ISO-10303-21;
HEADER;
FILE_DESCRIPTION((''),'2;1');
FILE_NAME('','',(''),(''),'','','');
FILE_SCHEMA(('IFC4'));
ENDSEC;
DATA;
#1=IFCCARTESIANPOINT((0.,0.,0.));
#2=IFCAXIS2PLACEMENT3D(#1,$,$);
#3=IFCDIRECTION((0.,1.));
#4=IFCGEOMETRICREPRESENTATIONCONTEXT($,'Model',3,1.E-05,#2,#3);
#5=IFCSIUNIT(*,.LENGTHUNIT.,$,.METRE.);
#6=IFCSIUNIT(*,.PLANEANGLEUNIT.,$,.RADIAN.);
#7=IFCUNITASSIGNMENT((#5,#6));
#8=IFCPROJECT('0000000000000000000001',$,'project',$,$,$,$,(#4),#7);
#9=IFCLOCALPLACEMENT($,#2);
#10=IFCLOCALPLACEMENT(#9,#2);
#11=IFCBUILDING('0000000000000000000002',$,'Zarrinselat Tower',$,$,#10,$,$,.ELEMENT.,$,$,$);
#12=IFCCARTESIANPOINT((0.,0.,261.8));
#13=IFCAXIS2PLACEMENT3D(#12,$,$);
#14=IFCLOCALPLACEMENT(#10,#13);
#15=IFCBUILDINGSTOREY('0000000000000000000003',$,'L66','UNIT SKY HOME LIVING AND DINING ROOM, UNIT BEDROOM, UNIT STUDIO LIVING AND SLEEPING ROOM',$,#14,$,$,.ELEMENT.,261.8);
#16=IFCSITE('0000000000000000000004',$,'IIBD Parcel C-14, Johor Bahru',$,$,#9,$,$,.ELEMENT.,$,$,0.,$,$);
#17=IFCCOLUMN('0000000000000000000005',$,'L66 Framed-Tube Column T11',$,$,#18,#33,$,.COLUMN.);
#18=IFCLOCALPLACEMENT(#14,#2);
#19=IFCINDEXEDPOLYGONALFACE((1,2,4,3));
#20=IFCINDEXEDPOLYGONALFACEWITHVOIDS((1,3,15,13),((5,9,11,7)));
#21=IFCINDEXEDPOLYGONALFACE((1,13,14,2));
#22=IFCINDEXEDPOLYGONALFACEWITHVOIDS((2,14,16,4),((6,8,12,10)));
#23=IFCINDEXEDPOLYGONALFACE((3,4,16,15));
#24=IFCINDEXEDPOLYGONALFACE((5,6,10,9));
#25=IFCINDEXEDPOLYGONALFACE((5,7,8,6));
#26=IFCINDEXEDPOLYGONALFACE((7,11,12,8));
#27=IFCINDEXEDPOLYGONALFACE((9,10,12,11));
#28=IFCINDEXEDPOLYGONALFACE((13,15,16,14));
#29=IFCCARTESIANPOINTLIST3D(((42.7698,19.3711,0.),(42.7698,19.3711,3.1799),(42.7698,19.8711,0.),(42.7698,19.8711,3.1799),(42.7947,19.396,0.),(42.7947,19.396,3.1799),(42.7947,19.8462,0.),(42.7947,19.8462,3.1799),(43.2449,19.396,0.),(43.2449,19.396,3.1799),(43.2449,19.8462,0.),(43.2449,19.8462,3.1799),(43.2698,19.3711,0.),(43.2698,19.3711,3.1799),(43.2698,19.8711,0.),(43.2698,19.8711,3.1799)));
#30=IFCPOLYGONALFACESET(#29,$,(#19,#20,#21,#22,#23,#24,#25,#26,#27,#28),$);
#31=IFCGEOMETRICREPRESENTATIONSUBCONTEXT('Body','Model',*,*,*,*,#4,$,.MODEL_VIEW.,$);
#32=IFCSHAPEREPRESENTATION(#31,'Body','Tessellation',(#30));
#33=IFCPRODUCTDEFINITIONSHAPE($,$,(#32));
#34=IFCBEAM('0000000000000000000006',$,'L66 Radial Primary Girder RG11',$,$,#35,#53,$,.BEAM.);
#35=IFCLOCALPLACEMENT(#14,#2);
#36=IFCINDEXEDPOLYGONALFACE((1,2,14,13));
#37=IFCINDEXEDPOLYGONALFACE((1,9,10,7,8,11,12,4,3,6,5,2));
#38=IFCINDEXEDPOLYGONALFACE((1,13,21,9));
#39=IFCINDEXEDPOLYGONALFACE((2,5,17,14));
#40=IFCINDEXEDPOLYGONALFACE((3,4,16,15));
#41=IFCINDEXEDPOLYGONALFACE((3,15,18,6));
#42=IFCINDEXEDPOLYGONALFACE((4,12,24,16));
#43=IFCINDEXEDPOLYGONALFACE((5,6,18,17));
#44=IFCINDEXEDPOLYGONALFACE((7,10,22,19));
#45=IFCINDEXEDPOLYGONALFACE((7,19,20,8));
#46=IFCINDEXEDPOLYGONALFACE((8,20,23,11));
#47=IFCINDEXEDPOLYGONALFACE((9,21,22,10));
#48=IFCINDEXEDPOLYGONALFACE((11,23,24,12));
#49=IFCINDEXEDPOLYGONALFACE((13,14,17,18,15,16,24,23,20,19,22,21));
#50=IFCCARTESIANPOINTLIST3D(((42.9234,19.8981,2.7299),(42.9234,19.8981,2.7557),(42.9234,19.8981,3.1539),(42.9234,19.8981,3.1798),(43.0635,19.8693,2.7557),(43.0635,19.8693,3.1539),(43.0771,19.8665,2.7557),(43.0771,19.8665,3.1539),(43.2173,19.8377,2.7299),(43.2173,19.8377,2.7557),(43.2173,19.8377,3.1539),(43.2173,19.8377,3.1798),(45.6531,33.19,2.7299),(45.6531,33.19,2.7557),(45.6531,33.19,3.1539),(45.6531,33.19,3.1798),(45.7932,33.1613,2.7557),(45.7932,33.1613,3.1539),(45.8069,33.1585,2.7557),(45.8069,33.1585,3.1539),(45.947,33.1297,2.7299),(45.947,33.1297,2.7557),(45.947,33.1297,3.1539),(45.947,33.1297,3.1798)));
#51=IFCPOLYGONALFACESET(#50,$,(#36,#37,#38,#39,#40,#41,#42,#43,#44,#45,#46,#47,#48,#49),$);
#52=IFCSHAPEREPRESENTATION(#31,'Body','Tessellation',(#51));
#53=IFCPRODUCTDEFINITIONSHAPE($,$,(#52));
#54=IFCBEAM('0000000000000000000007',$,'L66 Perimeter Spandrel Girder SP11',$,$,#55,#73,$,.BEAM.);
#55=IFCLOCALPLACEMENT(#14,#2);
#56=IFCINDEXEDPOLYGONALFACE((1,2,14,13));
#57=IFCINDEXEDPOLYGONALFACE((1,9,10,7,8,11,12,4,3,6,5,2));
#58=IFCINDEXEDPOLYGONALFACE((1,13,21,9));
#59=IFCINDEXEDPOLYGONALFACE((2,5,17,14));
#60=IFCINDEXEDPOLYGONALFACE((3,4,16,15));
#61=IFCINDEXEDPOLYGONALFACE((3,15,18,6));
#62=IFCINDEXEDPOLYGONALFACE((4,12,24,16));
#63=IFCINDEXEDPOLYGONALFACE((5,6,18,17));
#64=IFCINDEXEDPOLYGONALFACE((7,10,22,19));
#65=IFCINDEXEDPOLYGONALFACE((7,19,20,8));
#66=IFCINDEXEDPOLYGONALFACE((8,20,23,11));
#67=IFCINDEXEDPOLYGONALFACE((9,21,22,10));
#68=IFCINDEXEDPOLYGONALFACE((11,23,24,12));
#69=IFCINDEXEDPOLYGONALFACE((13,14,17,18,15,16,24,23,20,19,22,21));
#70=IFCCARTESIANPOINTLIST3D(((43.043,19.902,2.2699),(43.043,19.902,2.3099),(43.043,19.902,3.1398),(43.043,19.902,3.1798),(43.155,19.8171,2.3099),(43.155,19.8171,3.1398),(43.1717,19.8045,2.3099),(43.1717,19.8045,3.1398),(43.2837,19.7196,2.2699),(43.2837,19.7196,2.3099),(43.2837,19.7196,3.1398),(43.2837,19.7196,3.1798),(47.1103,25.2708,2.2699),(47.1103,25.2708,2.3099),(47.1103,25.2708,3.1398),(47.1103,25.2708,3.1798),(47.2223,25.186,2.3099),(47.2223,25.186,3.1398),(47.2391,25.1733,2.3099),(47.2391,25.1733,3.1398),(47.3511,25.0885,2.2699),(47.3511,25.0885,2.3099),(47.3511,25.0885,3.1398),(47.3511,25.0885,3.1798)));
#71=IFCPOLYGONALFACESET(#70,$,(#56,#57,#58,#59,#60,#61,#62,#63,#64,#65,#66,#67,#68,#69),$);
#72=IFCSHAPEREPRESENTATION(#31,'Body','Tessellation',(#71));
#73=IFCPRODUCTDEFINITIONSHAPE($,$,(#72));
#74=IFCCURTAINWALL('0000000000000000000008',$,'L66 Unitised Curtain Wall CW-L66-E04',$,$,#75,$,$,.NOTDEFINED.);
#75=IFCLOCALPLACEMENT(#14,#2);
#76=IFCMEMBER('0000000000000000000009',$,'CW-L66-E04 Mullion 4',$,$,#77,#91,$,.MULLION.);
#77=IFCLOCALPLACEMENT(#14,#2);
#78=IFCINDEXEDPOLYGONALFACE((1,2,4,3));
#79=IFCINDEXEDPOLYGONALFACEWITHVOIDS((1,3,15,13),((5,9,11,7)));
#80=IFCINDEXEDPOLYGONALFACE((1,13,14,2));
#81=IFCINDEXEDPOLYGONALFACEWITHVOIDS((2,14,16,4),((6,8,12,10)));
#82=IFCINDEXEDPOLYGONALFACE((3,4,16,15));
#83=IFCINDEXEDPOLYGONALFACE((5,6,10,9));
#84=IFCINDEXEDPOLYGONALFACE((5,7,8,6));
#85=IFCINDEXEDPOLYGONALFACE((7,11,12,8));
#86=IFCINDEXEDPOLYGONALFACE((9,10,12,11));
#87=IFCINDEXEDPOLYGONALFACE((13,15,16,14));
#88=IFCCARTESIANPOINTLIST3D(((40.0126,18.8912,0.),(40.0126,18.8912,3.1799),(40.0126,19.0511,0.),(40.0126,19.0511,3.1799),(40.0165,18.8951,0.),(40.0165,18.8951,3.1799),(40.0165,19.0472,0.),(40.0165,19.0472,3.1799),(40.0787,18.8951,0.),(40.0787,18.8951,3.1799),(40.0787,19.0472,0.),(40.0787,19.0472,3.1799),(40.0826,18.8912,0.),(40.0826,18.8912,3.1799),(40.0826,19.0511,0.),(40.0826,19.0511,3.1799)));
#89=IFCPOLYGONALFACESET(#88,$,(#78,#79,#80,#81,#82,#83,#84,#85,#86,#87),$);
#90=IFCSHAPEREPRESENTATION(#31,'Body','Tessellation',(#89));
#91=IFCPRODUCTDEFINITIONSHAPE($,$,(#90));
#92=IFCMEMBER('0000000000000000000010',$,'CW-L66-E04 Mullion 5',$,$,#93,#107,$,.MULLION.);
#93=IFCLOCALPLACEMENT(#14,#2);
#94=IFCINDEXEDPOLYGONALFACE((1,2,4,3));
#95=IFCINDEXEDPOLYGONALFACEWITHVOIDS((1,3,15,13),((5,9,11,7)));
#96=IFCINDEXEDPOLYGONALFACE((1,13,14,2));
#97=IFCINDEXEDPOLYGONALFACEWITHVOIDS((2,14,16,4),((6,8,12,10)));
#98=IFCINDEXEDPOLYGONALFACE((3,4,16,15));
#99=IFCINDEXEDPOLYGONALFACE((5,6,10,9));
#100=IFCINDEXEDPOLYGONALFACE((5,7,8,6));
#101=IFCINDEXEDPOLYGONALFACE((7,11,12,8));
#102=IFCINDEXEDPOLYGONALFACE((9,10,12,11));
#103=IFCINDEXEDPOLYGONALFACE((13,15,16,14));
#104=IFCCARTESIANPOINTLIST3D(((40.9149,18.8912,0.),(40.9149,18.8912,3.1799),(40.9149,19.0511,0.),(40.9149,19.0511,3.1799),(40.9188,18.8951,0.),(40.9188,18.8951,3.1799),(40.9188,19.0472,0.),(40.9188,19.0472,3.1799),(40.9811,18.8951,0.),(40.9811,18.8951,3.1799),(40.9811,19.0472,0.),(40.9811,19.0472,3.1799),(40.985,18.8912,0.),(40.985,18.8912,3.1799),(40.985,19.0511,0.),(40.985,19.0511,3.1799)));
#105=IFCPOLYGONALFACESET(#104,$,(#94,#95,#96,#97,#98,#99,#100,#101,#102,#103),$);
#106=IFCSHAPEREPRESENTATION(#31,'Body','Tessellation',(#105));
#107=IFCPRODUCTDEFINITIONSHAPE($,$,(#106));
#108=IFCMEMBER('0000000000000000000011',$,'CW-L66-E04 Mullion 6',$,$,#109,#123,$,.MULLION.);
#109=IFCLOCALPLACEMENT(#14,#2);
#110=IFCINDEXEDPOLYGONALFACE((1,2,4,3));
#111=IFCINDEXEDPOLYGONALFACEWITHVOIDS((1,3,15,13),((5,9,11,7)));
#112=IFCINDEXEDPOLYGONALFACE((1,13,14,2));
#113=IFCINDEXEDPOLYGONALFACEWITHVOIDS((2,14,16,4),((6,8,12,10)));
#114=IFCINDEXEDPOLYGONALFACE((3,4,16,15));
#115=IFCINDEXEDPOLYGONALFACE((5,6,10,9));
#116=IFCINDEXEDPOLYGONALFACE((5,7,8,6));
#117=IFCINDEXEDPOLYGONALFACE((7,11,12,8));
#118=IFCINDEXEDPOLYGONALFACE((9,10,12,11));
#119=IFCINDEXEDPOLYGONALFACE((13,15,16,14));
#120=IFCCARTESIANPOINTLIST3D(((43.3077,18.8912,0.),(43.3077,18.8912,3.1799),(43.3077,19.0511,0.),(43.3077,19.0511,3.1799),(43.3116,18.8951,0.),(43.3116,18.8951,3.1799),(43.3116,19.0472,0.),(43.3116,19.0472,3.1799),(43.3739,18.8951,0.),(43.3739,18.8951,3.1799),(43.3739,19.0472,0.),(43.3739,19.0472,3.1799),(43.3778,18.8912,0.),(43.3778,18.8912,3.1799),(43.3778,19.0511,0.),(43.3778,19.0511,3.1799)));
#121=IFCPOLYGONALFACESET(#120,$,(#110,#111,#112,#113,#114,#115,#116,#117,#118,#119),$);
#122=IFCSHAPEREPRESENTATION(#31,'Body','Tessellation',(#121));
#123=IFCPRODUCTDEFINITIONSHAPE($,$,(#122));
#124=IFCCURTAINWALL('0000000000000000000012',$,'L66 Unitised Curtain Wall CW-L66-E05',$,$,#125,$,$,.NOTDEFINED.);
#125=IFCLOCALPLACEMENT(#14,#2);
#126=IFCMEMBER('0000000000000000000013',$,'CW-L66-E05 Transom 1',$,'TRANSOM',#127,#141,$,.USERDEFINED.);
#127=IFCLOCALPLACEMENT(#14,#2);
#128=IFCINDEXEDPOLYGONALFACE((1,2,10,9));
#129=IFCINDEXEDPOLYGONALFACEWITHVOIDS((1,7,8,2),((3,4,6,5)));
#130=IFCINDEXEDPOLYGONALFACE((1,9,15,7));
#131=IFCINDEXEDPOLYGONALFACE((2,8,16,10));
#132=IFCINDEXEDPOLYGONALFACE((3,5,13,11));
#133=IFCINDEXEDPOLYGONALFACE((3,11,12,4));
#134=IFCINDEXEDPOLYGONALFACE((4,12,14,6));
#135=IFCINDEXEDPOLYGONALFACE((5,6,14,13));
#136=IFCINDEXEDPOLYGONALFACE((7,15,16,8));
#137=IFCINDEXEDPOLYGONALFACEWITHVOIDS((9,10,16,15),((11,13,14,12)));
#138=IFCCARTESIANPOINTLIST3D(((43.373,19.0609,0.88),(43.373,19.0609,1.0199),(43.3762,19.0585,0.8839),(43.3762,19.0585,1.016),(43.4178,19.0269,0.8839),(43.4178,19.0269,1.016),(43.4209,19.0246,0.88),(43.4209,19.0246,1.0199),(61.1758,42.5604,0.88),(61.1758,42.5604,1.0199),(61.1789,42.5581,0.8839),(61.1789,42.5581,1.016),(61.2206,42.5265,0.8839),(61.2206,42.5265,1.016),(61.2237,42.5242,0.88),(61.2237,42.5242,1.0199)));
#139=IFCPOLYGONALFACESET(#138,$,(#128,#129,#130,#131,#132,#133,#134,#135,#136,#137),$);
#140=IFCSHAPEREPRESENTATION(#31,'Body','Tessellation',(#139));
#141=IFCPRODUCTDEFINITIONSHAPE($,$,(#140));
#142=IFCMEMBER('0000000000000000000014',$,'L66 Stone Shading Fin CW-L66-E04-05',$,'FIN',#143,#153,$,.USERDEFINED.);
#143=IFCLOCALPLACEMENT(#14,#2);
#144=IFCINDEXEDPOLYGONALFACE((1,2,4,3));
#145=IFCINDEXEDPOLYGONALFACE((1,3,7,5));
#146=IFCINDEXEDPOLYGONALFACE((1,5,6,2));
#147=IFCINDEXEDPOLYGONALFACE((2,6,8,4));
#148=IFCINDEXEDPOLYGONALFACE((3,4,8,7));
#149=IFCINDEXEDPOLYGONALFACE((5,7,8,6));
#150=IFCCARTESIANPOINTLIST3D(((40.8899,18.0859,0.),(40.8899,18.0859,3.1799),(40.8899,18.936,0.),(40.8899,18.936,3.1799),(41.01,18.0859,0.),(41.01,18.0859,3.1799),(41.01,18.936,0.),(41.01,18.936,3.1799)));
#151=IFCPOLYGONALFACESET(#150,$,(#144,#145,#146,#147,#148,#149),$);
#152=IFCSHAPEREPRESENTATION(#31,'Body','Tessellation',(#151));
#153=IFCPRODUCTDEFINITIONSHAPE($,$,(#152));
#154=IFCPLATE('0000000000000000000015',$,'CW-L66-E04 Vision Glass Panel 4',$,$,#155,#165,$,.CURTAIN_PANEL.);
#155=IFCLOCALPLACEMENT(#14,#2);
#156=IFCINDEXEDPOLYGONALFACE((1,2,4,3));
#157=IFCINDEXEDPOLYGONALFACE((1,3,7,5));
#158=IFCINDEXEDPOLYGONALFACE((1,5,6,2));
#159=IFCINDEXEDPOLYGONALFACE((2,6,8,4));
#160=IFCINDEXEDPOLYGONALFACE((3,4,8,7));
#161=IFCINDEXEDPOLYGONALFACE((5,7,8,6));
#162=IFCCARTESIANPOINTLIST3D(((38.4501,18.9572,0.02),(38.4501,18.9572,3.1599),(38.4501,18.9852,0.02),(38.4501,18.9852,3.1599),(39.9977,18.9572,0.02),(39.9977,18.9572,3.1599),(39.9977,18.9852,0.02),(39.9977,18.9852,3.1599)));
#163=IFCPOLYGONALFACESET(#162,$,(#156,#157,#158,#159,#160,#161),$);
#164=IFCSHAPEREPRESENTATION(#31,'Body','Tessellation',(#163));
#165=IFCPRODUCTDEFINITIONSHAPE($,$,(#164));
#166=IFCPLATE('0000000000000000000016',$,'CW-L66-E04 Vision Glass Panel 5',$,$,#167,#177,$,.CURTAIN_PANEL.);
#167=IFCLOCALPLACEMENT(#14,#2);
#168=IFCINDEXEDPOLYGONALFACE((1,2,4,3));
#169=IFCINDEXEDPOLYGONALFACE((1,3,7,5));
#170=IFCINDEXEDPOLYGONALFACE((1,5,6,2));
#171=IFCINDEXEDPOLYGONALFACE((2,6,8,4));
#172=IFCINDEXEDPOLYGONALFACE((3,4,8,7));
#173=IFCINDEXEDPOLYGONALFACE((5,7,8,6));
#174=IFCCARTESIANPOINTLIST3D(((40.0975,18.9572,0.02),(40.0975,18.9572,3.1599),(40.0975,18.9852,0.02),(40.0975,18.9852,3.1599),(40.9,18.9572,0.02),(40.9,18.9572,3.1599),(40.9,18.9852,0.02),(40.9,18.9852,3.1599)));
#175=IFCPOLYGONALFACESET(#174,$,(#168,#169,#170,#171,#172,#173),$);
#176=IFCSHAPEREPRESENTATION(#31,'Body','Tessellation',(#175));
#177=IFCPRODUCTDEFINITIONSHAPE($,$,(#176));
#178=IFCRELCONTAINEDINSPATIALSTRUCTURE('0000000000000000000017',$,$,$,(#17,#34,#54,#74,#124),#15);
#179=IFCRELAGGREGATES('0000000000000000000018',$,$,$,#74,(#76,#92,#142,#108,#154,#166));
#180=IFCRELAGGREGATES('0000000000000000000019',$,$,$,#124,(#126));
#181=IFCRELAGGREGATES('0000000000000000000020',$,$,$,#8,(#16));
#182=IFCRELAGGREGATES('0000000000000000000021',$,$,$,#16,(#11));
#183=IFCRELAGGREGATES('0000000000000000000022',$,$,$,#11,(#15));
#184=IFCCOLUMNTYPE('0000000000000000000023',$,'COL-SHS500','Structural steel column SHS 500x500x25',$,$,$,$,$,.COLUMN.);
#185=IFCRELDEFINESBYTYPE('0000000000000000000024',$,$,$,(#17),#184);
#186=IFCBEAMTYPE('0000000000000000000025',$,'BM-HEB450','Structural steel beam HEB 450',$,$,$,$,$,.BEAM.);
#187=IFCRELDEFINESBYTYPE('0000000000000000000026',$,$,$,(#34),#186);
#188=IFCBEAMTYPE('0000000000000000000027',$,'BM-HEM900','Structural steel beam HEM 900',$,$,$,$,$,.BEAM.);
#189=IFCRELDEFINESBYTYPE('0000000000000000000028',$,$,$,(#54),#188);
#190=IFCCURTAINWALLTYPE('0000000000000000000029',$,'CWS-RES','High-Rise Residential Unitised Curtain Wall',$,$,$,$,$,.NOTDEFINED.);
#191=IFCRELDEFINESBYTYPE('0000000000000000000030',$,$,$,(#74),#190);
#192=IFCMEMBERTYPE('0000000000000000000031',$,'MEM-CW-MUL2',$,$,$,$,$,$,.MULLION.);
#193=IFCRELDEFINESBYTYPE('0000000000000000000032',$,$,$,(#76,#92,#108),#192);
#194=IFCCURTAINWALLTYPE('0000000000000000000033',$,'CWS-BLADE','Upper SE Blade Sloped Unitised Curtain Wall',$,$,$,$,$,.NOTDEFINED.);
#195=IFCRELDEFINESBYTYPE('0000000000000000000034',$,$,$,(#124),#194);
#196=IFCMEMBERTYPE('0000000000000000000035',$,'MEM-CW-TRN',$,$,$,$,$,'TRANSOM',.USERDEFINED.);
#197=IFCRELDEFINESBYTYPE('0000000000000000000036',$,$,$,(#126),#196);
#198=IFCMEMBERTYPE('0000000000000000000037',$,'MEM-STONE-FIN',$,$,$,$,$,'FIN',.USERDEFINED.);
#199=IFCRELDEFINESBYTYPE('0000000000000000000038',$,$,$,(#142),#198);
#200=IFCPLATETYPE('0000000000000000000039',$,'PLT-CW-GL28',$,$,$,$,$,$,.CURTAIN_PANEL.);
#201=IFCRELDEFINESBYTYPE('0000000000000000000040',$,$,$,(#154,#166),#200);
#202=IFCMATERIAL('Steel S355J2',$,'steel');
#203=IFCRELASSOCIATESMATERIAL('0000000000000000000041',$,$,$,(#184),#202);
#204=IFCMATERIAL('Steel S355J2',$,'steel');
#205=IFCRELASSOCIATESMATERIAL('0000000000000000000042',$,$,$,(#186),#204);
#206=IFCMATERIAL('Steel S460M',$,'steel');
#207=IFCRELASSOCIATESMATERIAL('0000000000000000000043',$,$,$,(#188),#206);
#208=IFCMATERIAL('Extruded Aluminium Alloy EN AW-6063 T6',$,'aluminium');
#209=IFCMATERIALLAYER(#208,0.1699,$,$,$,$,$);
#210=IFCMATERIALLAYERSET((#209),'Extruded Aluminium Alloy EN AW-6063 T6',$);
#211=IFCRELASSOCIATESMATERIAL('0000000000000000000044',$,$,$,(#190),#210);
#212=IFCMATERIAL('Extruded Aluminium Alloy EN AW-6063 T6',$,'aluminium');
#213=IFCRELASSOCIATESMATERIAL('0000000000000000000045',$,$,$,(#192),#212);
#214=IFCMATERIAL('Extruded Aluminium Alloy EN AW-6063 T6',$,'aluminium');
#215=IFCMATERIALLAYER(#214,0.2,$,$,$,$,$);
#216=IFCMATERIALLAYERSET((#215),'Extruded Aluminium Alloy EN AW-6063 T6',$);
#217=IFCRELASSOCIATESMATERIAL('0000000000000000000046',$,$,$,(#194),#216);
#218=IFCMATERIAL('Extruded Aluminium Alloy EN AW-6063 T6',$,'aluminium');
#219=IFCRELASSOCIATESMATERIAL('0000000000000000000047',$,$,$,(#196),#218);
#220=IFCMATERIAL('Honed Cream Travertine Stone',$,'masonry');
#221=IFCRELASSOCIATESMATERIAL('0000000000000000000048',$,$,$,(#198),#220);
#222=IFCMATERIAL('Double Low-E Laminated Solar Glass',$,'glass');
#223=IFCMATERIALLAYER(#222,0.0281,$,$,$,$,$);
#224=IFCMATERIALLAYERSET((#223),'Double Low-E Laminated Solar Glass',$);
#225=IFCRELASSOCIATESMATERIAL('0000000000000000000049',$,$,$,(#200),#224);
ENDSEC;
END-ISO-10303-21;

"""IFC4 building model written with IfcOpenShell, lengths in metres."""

from ifc_helpers import new_model, si_unit, direction, frame, origin, origin_2d, place, context, subcontext, project, spatial, rectangle, hollow_rectangle, i_section, extrude, material, layer, layer_set, material_profile, profile_set, type_object, element, aggregate, save


model = new_model("IFC4")

# Units and contexts
model_context = context("Model", 3, precision=1e-05, world=origin(), true_north=direction((0.0, 1.0)))
body_context = subcontext(model_context, "Body", "Model", "MODEL_VIEW")
ifc_project = project(units=[si_unit("LENGTHUNIT", "METRE"), si_unit("PLANEANGLEUNIT", "RADIAN")], contexts=[model_context])

# Site, building, storey
site_placement = place(None, origin())
site = spatial("IfcSite", under=ifc_project, at=site_placement, Name="IIBD Parcel C-14, Johor Bahru", CompositionType="ELEMENT", RefElevation=0.0)
building_placement = place(site_placement, origin())
building = spatial("IfcBuilding", under=site, at=building_placement, Name="Zarrinselat Tower", CompositionType="ELEMENT")
storey_placement = place(building_placement, frame((0.0, 0.0, 261.8)))
storey = spatial("IfcBuildingStorey", under=building, at=storey_placement, Name="L66", Description="UNIT SKY HOME LIVING AND DINING ROOM, UNIT BEDROOM, UNIT STUDIO LIVING AND SLEEPING ROOM", CompositionType="ELEMENT", Elevation=261.8)

# Column
ifc_material_1 = material(Name="Steel S355J2", Category="steel")
ifc_material_profile_1 = material_profile(ifc_material_1, hollow_rectangle(XDim=0.5, YDim=0.5, WallThickness=0.0249, at=origin_2d()), Name="SHS 500x500x25")
ifc_profile_set_1 = profile_set([ifc_material_profile_1], Name="Steel S355J2")
column_type = type_object("IfcColumnType", Name="COL-SHS500", Description="Structural steel column SHS 500x500x25", PredefinedType="COLUMN", material=ifc_profile_set_1)
column_placement = place(storey_placement, frame((43.0198, 19.6211, 0.0), z_axis=(0.0, 0.0, 1.0), x_axis=(1.0, 0.0, 0.0)))
element("IfcColumn", 1, at=column_placement, inside=storey, type_object=column_type, Name="L66 Framed-Tube Column T11", PredefinedType="COLUMN", context=body_context, shape_type="SweptSolid", body=[
    extrude(hollow_rectangle(XDim=0.5, YDim=0.5, WallThickness=0.0249, at=origin_2d()), origin(), (0.0, 0.0, 1.0), 3.1799),
])

# Beams
ifc_material_2 = material(Name="Steel S355J2", Category="steel")
ifc_material_profile_2 = material_profile(ifc_material_2, i_section(OverallWidth=0.3, OverallDepth=0.45, WebThickness=0.0139, FlangeThickness=0.0259, at=origin_2d()), Name="HEB 450")
ifc_profile_set_2 = profile_set([ifc_material_profile_2], Name="Steel S355J2")
beam_type_1 = type_object("IfcBeamType", Name="BM-HEB450", Description="Structural steel beam HEB 450", PredefinedType="BEAM", material=ifc_profile_set_2)
beam_1_placement = place(storey_placement, frame((43.0703, 19.8679, 2.9548), z_axis=(0.201169, 0.979557, 0.0), x_axis=(-0.979557, 0.201169, 0.0)))
element("IfcBeam", 2, at=beam_1_placement, inside=storey, type_object=beam_type_1, Name="L66 Radial Primary Girder RG11", PredefinedType="BEAM", context=body_context, shape_type="SweptSolid", body=[
    extrude(i_section(OverallWidth=0.3, OverallDepth=0.45, WebThickness=0.0139, FlangeThickness=0.0259, at=origin_2d()), origin(), (0.0, 0.0, 1.0), 13.5693),
])
ifc_material_3 = material(Name="Steel S460M", Category="steel")
ifc_material_profile_3 = material_profile(ifc_material_3, i_section(OverallWidth=0.302, OverallDepth=0.9099, WebThickness=0.021, FlangeThickness=0.04, at=origin_2d()), Name="HEM 900")
ifc_profile_set_3 = profile_set([ifc_material_profile_3], Name="Steel S460M")
beam_type_2 = type_object("IfcBeamType", Name="BM-HEM900", Description="Structural steel beam HEM 900", PredefinedType="BEAM", material=ifc_profile_set_3)
beam_2_placement = place(storey_placement, frame((43.1633, 19.8108, 2.7249), z_axis=(0.603861, 0.79709, 0.0), x_axis=(-0.79709, 0.603861, 0.0)))
element("IfcBeam", 3, at=beam_2_placement, inside=storey, type_object=beam_type_2, Name="L66 Perimeter Spandrel Girder SP11", PredefinedType="BEAM", context=body_context, shape_type="SweptSolid", body=[
    extrude(i_section(OverallWidth=0.302, OverallDepth=0.9099, WebThickness=0.021, FlangeThickness=0.04, at=origin_2d()), origin(), (0.0, 0.0, 1.0), 6.7356),
])

# Curtain wall, members
ifc_material_4 = material(Name="Extruded Aluminium Alloy EN AW-6063 T6", Category="aluminium")
ifc_layer_1 = layer(ifc_material_4, 0.1699)
ifc_layer_set_1 = layer_set([ifc_layer_1], Name="Extruded Aluminium Alloy EN AW-6063 T6")
curtain_wall_type_1 = type_object("IfcCurtainWallType", Name="CWS-RES", Description="High-Rise Residential Unitised Curtain Wall", PredefinedType="NOTDEFINED", material=ifc_layer_set_1)
curtain_wall_1_placement = place(storey_placement, origin())
curtain_wall_1 = element("IfcCurtainWall", 4, at=curtain_wall_1_placement, inside=storey, type_object=curtain_wall_type_1, Name="L66 Unitised Curtain Wall CW-L66-E04", PredefinedType="NOTDEFINED")
ifc_material_5 = material(Name="Extruded Aluminium Alloy EN AW-6063 T6", Category="aluminium")
ifc_material_profile_4 = material_profile(ifc_material_5, hollow_rectangle(XDim=0.0701, YDim=0.1599, WallThickness=0.0039, at=origin_2d()), Name="RHS 160x70x4")
ifc_profile_set_4 = profile_set([ifc_material_profile_4], Name="Extruded Aluminium Alloy EN AW-6063 T6")
member_type_1 = type_object("IfcMemberType", Name="MEM-CW-MUL2", PredefinedType="MULLION", material=ifc_profile_set_4)
member_1_placement = place(storey_placement, frame((40.0476, 18.9712, 0.0), z_axis=(0.0, 0.0, 1.0), x_axis=(1.0, 0.0, 0.0)))
member_1 = element("IfcMember", 5, at=member_1_placement, type_object=member_type_1, Name="CW-L66-E04 Mullion 4", PredefinedType="MULLION", context=body_context, shape_type="SweptSolid", body=[
    extrude(hollow_rectangle(XDim=0.0701, YDim=0.1599, WallThickness=0.0039, at=origin_2d()), origin(), (0.0, 0.0, 1.0), 3.1799),
])
member_2_placement = place(storey_placement, frame((40.95, 18.9712, 0.0), z_axis=(0.0, 0.0, 1.0), x_axis=(1.0, 0.0, 0.0)))
member_2 = element("IfcMember", 6, at=member_2_placement, type_object=member_type_1, Name="CW-L66-E04 Mullion 5", PredefinedType="MULLION", context=body_context, shape_type="SweptSolid", body=[
    extrude(hollow_rectangle(XDim=0.0701, YDim=0.1599, WallThickness=0.0039, at=origin_2d()), origin(), (0.0, 0.0, 1.0), 3.1799),
])
member_3_placement = place(storey_placement, frame((43.3428, 18.9712, 0.0), z_axis=(0.0, 0.0, 1.0), x_axis=(1.0, 0.0, 0.0)))
member_3 = element("IfcMember", 7, at=member_3_placement, type_object=member_type_1, Name="CW-L66-E04 Mullion 6", PredefinedType="MULLION", context=body_context, shape_type="SweptSolid", body=[
    extrude(hollow_rectangle(XDim=0.0701, YDim=0.1599, WallThickness=0.0039, at=origin_2d()), origin(), (0.0, 0.0, 1.0), 3.1799),
])

# Curtain wall, member
ifc_material_6 = material(Name="Extruded Aluminium Alloy EN AW-6063 T6", Category="aluminium")
ifc_layer_2 = layer(ifc_material_6, 0.2)
ifc_layer_set_2 = layer_set([ifc_layer_2], Name="Extruded Aluminium Alloy EN AW-6063 T6")
curtain_wall_type_2 = type_object("IfcCurtainWallType", Name="CWS-BLADE", Description="Upper SE Blade Sloped Unitised Curtain Wall", PredefinedType="NOTDEFINED", material=ifc_layer_set_2)
curtain_wall_2_placement = place(storey_placement, origin())
curtain_wall_2 = element("IfcCurtainWall", 8, at=curtain_wall_2_placement, inside=storey, type_object=curtain_wall_type_2, Name="L66 Unitised Curtain Wall CW-L66-E05", PredefinedType="NOTDEFINED")
ifc_material_7 = material(Name="Extruded Aluminium Alloy EN AW-6063 T6", Category="aluminium")
ifc_material_profile_5 = material_profile(ifc_material_7, hollow_rectangle(XDim=0.0601, YDim=0.1399, WallThickness=0.0039, at=origin_2d()), Name="RHS 140x60x4")
ifc_profile_set_5 = profile_set([ifc_material_profile_5], Name="Extruded Aluminium Alloy EN AW-6063 T6")
member_type_2 = type_object("IfcMemberType", Name="MEM-CW-TRN", ElementType="TRANSOM", PredefinedType="USERDEFINED", material=ifc_profile_set_5)
member_4_placement = place(storey_placement, frame((43.397, 19.0427, 0.95), z_axis=(0.603859, 0.797091, 0.0), x_axis=(-0.797091, 0.603859, 0.0)))
member_4 = element("IfcMember", 9, at=member_4_placement, type_object=member_type_2, Name="CW-L66-E05 Transom 1", ObjectType="TRANSOM", PredefinedType="USERDEFINED", context=body_context, shape_type="SweptSolid", body=[
    extrude(hollow_rectangle(XDim=0.0601, YDim=0.1399, WallThickness=0.0039, at=origin_2d()), origin(), (0.0, 0.0, 1.0), 29.4817),
])

# Member
ifc_material_8 = material(Name="Honed Cream Travertine Stone", Category="masonry")
ifc_material_profile_6 = material_profile(ifc_material_8, rectangle(XDim=0.1201, YDim=0.8501, at=origin_2d()), Name="FIN 850x120")
ifc_profile_set_6 = profile_set([ifc_material_profile_6], Name="Honed Cream Travertine Stone")
member_type_3 = type_object("IfcMemberType", Name="MEM-STONE-FIN", ElementType="FIN", PredefinedType="USERDEFINED", material=ifc_profile_set_6)
member_5_placement = place(storey_placement, frame((40.95, 18.511, 0.0), z_axis=(0.0, 0.0, 1.0), x_axis=(-1.0, 0.0, 0.0)))
member_5 = element("IfcMember", 10, at=member_5_placement, type_object=member_type_3, Name="L66 Stone Shading Fin CW-L66-E04-05", ObjectType="FIN", PredefinedType="USERDEFINED", context=body_context, shape_type="SweptSolid", body=[
    extrude(rectangle(XDim=0.1201, YDim=0.8501, at=origin_2d()), origin(), (0.0, 0.0, 1.0), 3.1799),
])

# Plates
ifc_material_9 = material(Name="Double Low-E Laminated Solar Glass", Category="glass")
ifc_layer_3 = layer(ifc_material_9, 0.0281)
ifc_layer_set_3 = layer_set([ifc_layer_3], Name="Double Low-E Laminated Solar Glass")
plate_type = type_object("IfcPlateType", Name="PLT-CW-GL28", PredefinedType="CURTAIN_PANEL", material=ifc_layer_set_3)
plate_1_placement = place(storey_placement, frame((39.2239, 18.9712, 0.02), z_axis=(0.0, 0.0, 1.0), x_axis=(1.0, 0.0, 0.0)))
plate_1 = element("IfcPlate", 11, at=plate_1_placement, type_object=plate_type, Name="CW-L66-E04 Vision Glass Panel 4", PredefinedType="CURTAIN_PANEL", context=body_context, shape_type="SweptSolid", body=[
    extrude(rectangle(XDim=1.5476, YDim=0.0281, at=origin_2d()), origin(), (0.0, 0.0, 1.0), 3.1399),
])
plate_2_placement = place(storey_placement, frame((40.4988, 18.9712, 0.02), z_axis=(0.0, 0.0, 1.0), x_axis=(1.0, 0.0, 0.0)))
plate_2 = element("IfcPlate", 12, at=plate_2_placement, type_object=plate_type, Name="CW-L66-E04 Vision Glass Panel 5", PredefinedType="CURTAIN_PANEL", context=body_context, shape_type="SweptSolid", body=[
    extrude(rectangle(XDim=0.8025, YDim=0.0281, at=origin_2d()), origin(), (0.0, 0.0, 1.0), 3.1399),
])
aggregate(curtain_wall_1, [member_1, member_2, member_5, member_3, plate_1, plate_2])
aggregate(curtain_wall_2, [member_4])

save(model, "model.ifc")
